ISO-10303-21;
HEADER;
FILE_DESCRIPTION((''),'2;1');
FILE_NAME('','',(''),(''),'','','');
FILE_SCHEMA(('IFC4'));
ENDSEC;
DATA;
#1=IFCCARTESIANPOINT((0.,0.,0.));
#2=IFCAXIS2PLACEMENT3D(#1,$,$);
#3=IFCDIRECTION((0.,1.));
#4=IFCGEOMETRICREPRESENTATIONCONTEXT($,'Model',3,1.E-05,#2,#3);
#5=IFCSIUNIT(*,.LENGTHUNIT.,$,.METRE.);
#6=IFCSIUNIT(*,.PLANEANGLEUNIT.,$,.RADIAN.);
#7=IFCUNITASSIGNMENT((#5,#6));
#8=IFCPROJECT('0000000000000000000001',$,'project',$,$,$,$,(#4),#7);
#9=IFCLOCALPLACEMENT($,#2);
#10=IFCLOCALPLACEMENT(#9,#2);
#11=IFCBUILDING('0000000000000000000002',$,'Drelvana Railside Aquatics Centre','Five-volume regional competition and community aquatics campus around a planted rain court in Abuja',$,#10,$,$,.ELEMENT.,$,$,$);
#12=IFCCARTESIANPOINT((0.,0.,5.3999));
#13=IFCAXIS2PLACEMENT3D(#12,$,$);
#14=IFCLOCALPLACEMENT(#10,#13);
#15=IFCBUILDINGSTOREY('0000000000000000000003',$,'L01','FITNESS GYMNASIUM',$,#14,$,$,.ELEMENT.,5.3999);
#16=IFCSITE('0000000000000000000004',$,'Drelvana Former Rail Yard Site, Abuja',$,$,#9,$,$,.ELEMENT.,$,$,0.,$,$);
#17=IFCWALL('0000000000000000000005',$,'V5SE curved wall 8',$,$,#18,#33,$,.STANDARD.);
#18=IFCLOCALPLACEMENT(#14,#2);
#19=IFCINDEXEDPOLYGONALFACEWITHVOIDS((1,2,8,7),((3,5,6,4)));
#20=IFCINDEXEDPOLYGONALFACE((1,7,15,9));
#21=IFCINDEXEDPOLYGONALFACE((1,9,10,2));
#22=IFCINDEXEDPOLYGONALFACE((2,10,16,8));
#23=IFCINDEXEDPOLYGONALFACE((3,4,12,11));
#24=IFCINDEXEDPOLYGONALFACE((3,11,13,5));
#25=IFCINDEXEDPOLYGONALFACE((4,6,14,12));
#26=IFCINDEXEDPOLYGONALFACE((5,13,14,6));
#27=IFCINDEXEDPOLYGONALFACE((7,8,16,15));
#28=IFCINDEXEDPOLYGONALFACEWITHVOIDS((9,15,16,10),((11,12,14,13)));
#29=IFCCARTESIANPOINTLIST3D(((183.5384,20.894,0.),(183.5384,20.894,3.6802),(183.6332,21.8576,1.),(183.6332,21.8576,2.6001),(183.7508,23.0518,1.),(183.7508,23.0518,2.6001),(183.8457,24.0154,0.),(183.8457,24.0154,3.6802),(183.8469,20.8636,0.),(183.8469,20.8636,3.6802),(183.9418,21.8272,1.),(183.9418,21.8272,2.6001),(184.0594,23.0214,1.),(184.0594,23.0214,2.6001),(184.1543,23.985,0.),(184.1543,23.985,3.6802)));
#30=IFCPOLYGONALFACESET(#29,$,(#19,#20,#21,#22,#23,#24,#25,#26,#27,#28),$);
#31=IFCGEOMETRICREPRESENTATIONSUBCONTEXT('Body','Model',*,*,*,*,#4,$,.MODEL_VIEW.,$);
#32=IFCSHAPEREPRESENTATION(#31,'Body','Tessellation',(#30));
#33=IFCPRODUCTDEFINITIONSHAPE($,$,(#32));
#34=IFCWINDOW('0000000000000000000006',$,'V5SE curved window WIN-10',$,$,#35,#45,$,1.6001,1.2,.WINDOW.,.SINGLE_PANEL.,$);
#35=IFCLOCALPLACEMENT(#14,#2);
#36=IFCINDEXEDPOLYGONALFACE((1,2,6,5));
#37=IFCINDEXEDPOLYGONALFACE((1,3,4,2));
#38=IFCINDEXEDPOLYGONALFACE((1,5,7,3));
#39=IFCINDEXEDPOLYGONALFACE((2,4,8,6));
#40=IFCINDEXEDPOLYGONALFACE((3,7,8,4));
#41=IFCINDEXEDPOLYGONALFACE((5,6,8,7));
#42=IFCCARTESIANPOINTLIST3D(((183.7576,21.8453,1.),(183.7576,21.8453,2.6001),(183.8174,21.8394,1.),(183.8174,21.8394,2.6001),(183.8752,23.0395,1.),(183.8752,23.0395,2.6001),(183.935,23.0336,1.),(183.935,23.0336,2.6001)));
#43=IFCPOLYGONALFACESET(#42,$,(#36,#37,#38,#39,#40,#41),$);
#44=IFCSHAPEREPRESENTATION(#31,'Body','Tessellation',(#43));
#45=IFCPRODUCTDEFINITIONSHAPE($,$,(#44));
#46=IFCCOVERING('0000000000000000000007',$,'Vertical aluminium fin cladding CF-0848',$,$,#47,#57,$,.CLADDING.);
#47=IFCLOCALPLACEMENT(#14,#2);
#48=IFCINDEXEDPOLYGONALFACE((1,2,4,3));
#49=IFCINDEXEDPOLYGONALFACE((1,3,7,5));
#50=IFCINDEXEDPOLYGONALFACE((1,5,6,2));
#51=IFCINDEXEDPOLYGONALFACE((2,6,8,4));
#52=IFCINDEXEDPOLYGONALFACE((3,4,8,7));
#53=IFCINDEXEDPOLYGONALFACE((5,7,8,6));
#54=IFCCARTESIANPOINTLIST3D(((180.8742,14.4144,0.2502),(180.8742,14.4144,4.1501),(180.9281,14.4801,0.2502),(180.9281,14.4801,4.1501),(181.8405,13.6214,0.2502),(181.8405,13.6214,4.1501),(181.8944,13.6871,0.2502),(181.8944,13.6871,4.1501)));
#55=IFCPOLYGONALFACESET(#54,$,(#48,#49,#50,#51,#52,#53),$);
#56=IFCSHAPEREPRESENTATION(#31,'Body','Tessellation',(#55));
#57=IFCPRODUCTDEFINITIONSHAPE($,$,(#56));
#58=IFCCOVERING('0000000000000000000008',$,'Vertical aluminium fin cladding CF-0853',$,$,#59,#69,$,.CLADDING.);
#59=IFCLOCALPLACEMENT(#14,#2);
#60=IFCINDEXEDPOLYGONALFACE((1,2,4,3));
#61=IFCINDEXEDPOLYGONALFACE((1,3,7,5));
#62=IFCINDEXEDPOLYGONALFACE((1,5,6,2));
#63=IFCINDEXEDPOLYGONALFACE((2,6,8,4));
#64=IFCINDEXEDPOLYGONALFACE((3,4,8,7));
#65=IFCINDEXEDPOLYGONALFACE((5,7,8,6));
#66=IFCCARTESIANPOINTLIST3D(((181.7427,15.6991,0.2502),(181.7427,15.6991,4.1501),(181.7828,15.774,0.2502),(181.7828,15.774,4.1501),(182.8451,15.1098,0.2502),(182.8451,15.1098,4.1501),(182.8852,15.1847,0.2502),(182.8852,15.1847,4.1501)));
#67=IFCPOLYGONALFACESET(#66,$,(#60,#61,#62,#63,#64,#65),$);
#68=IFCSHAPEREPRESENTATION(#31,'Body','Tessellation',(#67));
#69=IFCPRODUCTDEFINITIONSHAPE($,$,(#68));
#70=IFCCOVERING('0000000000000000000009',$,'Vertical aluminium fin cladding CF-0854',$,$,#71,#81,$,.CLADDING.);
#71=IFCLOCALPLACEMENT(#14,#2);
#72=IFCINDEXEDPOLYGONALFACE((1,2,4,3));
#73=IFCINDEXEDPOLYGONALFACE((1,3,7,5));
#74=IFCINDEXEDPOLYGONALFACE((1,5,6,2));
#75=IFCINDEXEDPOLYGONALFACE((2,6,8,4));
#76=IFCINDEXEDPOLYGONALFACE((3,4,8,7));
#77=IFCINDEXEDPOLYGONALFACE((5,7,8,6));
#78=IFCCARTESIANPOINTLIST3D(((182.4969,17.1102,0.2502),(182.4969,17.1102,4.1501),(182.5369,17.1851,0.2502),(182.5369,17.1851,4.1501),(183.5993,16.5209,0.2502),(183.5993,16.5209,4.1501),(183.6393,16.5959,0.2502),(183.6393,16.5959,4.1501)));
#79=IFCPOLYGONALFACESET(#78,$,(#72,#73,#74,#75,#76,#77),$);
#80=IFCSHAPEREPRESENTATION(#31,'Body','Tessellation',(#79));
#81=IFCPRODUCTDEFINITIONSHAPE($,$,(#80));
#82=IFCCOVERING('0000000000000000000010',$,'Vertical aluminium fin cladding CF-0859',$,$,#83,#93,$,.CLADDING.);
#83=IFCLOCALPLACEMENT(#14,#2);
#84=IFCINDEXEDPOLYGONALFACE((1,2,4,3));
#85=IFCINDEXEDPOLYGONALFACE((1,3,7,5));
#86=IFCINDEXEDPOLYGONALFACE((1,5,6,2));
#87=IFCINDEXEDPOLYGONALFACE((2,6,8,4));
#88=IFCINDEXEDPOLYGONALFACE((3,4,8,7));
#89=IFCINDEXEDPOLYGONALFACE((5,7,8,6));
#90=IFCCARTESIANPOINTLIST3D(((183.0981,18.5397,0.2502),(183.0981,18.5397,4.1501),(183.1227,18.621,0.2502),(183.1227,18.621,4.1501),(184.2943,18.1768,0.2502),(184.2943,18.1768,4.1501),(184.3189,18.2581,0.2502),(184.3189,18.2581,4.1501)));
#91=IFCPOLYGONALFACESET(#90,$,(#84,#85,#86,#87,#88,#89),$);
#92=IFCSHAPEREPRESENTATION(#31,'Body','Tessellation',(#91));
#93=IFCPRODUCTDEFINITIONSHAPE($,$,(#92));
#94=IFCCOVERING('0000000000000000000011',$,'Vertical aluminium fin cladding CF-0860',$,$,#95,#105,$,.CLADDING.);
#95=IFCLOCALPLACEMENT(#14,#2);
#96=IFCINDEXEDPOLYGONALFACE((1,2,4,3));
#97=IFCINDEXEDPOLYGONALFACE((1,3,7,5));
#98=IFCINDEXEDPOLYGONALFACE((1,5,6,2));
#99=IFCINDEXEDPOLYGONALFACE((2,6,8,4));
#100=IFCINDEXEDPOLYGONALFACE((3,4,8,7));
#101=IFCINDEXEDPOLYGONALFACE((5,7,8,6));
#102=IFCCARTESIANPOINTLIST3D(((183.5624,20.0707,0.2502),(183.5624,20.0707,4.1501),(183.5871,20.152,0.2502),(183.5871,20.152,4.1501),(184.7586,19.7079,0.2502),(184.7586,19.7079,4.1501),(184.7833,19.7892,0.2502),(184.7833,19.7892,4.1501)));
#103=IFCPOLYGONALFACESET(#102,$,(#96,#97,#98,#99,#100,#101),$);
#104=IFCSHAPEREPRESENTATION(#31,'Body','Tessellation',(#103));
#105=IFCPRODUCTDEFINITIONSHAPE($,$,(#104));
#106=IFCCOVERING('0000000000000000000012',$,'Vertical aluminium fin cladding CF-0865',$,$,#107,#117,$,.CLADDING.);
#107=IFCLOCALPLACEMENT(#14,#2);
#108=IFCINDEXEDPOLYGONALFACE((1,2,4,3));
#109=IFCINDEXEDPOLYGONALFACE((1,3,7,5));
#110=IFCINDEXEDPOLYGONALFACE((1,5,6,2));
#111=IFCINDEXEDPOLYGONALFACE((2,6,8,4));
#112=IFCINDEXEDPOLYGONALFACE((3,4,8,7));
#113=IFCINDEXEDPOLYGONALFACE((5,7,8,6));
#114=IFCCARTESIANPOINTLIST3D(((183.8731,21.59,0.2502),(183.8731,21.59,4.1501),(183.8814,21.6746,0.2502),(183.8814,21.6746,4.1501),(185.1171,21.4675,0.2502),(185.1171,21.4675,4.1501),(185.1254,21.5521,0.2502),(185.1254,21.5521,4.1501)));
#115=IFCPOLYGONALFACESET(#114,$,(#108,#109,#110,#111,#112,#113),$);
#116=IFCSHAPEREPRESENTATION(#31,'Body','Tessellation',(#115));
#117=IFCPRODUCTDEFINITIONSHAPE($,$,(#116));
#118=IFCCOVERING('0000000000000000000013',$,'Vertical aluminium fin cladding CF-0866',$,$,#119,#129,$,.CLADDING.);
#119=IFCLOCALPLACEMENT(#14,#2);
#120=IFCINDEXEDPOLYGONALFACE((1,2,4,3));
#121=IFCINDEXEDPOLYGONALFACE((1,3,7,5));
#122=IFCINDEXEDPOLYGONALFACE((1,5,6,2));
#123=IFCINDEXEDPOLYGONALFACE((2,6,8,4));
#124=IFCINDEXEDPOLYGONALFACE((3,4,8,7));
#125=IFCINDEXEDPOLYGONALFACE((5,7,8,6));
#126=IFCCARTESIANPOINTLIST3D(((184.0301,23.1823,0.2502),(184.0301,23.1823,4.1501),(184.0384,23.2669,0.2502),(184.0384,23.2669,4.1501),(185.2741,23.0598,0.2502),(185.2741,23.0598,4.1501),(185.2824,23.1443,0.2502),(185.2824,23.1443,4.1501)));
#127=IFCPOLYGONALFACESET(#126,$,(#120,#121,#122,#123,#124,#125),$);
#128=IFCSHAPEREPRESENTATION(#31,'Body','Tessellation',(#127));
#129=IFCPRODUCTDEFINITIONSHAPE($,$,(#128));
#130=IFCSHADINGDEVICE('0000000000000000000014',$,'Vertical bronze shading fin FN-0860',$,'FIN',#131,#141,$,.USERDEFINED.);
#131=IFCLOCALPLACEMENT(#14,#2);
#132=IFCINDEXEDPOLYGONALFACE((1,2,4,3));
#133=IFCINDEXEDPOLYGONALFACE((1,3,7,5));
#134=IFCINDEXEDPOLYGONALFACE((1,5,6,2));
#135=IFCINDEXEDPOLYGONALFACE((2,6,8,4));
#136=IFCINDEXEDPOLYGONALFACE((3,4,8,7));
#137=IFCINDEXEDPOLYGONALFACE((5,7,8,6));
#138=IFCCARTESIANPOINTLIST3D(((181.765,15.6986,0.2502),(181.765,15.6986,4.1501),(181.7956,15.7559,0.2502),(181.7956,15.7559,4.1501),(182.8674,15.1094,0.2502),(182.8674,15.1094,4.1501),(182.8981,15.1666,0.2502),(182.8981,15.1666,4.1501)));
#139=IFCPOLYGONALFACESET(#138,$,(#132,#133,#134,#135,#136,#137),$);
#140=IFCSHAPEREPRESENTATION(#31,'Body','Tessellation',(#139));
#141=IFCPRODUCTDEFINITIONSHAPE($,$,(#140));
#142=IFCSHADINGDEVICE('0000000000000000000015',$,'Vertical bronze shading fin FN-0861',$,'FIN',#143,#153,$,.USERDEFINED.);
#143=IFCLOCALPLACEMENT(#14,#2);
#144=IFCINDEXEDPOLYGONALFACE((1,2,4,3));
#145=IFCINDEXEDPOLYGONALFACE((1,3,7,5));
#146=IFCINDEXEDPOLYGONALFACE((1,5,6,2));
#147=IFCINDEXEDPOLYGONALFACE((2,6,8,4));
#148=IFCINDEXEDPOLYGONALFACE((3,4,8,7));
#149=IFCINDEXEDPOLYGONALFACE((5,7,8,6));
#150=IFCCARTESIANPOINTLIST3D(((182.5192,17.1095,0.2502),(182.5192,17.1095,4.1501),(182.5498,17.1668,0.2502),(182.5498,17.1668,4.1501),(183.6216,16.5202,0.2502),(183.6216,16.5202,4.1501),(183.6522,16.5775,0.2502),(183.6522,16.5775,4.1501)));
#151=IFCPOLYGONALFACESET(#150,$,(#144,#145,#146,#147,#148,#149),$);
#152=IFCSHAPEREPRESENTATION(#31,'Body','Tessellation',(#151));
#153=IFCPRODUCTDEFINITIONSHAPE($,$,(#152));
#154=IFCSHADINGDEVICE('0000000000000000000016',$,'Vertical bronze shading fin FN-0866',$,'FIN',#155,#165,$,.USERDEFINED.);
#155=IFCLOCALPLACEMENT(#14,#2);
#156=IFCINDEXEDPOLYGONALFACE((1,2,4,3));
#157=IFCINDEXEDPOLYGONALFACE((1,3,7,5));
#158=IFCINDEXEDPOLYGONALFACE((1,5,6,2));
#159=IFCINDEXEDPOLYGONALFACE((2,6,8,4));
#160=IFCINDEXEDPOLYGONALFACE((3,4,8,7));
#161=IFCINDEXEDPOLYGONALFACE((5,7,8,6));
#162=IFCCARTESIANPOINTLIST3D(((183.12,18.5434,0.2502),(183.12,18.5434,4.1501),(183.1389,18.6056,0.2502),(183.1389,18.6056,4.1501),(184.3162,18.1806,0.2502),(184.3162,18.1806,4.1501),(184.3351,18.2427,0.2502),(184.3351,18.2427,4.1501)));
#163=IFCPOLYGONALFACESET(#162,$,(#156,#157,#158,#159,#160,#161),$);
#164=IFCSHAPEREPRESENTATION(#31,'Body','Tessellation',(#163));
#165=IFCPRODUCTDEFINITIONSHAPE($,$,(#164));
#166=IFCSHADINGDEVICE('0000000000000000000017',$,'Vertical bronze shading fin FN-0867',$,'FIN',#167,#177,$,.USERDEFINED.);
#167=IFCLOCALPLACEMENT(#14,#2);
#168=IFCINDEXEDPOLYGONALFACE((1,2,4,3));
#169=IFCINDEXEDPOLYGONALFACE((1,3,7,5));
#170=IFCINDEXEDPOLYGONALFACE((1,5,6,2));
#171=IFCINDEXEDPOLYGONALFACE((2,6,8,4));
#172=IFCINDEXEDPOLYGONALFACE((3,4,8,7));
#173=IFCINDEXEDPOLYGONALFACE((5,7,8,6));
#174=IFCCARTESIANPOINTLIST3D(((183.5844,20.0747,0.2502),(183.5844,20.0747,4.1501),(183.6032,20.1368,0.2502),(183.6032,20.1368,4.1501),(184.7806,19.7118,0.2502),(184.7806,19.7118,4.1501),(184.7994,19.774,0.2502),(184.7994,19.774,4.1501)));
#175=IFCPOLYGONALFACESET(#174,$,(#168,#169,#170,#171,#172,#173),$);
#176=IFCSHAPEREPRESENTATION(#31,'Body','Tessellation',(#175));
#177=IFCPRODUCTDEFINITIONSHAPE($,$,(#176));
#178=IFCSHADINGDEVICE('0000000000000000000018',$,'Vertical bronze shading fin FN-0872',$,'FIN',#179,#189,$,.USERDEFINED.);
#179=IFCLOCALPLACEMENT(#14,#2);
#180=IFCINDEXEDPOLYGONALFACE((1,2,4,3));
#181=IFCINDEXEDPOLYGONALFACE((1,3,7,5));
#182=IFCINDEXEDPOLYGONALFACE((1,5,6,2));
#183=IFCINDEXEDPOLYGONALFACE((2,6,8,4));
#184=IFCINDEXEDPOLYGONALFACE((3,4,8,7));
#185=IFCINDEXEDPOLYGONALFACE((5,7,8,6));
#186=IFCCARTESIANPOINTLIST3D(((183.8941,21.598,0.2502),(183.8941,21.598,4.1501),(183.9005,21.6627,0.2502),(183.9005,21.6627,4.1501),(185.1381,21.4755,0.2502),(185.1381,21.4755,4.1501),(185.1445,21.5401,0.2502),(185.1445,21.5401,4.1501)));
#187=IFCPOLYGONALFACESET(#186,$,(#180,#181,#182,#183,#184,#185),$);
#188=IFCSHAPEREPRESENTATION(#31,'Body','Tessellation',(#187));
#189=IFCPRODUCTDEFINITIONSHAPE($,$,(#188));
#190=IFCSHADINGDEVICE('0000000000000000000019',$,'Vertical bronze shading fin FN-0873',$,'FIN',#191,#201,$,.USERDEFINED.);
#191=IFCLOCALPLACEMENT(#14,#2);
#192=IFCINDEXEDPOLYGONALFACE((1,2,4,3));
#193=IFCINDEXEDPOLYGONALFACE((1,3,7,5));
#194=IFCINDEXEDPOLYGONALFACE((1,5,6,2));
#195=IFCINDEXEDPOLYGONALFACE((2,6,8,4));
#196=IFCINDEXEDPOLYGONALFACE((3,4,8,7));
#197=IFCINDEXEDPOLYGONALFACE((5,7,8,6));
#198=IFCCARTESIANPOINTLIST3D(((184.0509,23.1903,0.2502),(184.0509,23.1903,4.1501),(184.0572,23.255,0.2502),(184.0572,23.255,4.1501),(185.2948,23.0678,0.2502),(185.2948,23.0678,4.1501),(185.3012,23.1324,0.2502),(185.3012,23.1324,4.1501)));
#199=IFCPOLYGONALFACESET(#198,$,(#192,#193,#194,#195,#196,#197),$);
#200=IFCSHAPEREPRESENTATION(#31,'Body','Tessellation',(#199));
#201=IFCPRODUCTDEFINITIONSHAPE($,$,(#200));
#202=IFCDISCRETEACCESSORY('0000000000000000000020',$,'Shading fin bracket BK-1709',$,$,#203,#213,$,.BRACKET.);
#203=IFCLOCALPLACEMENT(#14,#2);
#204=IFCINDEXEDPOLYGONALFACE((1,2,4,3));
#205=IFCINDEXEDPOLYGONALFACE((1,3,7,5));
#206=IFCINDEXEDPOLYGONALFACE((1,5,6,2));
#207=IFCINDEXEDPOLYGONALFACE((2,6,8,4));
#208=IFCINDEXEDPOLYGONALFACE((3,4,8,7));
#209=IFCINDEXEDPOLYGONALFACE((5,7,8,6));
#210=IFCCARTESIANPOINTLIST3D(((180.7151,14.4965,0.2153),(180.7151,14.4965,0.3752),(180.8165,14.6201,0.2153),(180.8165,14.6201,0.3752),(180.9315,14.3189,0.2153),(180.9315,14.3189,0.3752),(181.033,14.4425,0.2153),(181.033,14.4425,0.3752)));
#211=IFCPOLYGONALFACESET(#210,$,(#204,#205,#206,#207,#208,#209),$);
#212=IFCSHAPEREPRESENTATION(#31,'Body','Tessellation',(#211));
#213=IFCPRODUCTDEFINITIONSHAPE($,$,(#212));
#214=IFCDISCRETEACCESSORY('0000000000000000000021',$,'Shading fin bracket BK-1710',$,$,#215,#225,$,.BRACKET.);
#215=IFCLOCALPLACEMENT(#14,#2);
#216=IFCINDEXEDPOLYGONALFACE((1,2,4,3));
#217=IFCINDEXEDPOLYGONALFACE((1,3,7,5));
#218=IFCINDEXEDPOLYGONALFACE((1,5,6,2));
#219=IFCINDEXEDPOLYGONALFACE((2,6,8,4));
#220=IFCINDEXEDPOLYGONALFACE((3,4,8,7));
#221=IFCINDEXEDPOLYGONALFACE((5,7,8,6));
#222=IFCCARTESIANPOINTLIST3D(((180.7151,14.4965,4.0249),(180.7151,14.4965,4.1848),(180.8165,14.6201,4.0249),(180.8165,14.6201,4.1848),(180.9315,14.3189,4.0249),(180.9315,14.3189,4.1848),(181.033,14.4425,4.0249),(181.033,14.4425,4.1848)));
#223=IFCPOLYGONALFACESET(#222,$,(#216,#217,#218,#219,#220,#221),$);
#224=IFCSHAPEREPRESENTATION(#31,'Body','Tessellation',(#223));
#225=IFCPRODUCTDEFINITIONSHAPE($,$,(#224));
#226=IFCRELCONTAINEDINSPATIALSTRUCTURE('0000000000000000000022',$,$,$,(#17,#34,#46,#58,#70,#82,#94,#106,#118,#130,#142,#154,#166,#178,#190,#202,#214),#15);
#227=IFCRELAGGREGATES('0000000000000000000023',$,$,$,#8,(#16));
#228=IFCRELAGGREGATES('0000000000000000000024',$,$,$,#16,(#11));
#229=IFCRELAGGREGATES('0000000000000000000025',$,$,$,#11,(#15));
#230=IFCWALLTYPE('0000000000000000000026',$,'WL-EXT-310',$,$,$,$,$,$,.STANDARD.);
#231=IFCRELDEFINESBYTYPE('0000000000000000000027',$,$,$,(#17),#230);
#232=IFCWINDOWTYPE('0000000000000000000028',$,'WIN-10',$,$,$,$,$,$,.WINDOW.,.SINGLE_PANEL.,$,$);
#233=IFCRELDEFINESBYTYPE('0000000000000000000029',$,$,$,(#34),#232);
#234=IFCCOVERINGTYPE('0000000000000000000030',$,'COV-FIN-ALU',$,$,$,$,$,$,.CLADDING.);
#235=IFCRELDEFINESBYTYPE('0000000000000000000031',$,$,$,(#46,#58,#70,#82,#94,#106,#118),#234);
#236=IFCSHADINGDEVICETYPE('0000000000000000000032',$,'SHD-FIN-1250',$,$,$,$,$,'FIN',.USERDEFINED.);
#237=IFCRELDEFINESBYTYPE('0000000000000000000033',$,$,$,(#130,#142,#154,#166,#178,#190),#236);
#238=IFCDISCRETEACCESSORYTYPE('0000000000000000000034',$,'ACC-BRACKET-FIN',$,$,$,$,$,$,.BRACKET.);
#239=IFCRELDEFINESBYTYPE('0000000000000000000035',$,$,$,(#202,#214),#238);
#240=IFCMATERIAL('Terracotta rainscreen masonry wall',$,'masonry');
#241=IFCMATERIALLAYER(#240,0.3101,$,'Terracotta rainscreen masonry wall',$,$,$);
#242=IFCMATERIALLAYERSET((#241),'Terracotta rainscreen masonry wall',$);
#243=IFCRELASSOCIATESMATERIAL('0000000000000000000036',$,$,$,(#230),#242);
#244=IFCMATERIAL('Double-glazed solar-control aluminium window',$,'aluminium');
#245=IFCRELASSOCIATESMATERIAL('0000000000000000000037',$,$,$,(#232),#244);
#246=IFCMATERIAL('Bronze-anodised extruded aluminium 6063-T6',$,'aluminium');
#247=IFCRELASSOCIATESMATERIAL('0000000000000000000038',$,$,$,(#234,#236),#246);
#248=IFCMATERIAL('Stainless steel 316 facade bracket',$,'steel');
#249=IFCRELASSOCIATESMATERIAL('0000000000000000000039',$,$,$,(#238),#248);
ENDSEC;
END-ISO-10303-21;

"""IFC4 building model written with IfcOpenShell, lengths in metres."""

from ifc_helpers import new_model, si_unit, direction, frame, frame_2d, origin, origin_2d, place, context, subcontext, project, spatial, rectangle, extrude, material, layer, layer_set, type_object, element, fill, save


model = new_model("IFC4")

# Units and contexts
model_context = context("Model", 3, precision=1e-05, world=origin(), true_north=direction((0.0, 1.0)))
body_context = subcontext(model_context, "Body", "Model", "MODEL_VIEW")
ifc_project = project(units=[si_unit("LENGTHUNIT", "METRE"), si_unit("PLANEANGLEUNIT", "RADIAN")], contexts=[model_context])

# Site, building, storey
site_placement = place(None, origin())
site = spatial("IfcSite", under=ifc_project, at=site_placement, Name="Drelvana Former Rail Yard Site, Abuja", CompositionType="ELEMENT", RefElevation=0.0)
building_placement = place(site_placement, origin())
building = spatial("IfcBuilding", under=site, at=building_placement, Name="Drelvana Railside Aquatics Centre", Description="Five-volume regional competition and community aquatics campus around a planted rain court in Abuja", CompositionType="ELEMENT")
storey_placement = place(building_placement, frame((0.0, 0.0, 5.3999)))
storey = spatial("IfcBuildingStorey", under=building, at=storey_placement, Name="L01", Description="FITNESS GYMNASIUM", CompositionType="ELEMENT", Elevation=5.3999)

# Shared definitions
ifc_material_1 = material(Name="Terracotta rainscreen masonry wall", Category="masonry")
ifc_layer_1 = layer(ifc_material_1, 0.3101, Name="Terracotta rainscreen masonry wall")
ifc_layer_set_1 = layer_set([ifc_layer_1], Name="Terracotta rainscreen masonry wall")
wall_type = type_object("IfcWallType", Name="WL-EXT-310", PredefinedType="STANDARD", material=ifc_layer_set_1)

# Wall, opening, window
wall_1_placement = place(storey_placement, frame((183.6926, 20.8787, 0.0), z_axis=(0.0, 0.0, 1.0), x_axis=(0.098001, 0.995186, 0.0)))
wall_1 = element("IfcWall", 1, at=wall_1_placement, inside=storey, type_object=wall_type, Name="V5SE curved wall 8", PredefinedType="STANDARD", context=body_context, shape_type="SweptSolid", body=[
    extrude(rectangle(XDim=3.1365, YDim=0.3101, at=frame_2d((1.5684, 0.0))), origin(), (0.0, 0.0, 1.0), 3.6802),
])
opening_placement = place(wall_1_placement, frame((0.9683, 0.0, 1.0)))
opening = element("IfcOpeningElement", 2, at=opening_placement, cuts=wall_1, PredefinedType="OPENING", context=body_context, shape_type="SweptSolid", body=[
    extrude(rectangle(XDim=1.2, YDim=1.6001, at=frame_2d((0.6001, 0.8))), frame((0.0, 0.165, 0.0), z_axis=(0.0, -1.0, 0.0), x_axis=(1.0, 0.0, 0.0)), (0.0, 0.0, 1.0), 0.3301),
])
ifc_material_2 = material(Name="Double-glazed solar-control aluminium window", Category="aluminium")
window_type = type_object("IfcWindowType", Name="WIN-10", PartitioningType="SINGLE_PANEL", PredefinedType="WINDOW", material=ifc_material_2)
window_placement = place(opening_placement, origin())
window = element("IfcWindow", 3, at=window_placement, inside=storey, type_object=window_type, Name="V5SE curved window WIN-10", OverallHeight=1.6001, OverallWidth=1.2, PartitioningType="SINGLE_PANEL", PredefinedType="WINDOW", context=body_context, shape_type="SweptSolid", body=[
    extrude(rectangle(XDim=1.2, YDim=1.6001, at=frame_2d((0.6001, 0.8))), frame((0.0, 0.03, 0.0), z_axis=(0.0, -1.0, 0.0), x_axis=(1.0, 0.0, 0.0)), (0.0, 0.0, 1.0), 0.0601),
])
fill(opening, window)

# Coverings
ifc_material_3 = material(Name="Bronze-anodised extruded aluminium 6063-T6", Category="aluminium")
covering_type = type_object("IfcCoveringType", Name="COV-FIN-ALU", PredefinedType="CLADDING", material=ifc_material_3)
for number, where, z_axis, x_axis, name in (
    (4, (181.3843, 14.0508, 0.2502), (0.0, 0.0, 1.0), (-0.634393, -0.77301, 0.0), "Vertical aluminium fin cladding CF-0848"),
    (5, (182.314, 15.4419, 0.2502), (0.0, 0.0, 1.0), (-0.471397, -0.881921, 0.0), "Vertical aluminium fin cladding CF-0853"),
    (6, (183.0681, 16.853, 0.2502), (0.0, 0.0, 1.0), (-0.471397, -0.881921, 0.0), "Vertical aluminium fin cladding CF-0854"),
    (7, (183.7085, 18.3989, 0.2502), (0.0, 0.0, 1.0), (-0.290285, -0.95694, 0.0), "Vertical aluminium fin cladding CF-0859"),
    (8, (184.1729, 19.9299, 0.2502), (0.0, 0.0, 1.0), (-0.290285, -0.95694, 0.0), "Vertical aluminium fin cladding CF-0860"),
    (9, (184.4993, 21.571, 0.2502), (0.0, 0.0, 1.0), (-0.098017, -0.995185, 0.0), "Vertical aluminium fin cladding CF-0865"),
    (10, (184.6562, 23.1633, 0.2502), (0.0, 0.0, 1.0), (-0.098017, -0.995185, 0.0), "Vertical aluminium fin cladding CF-0866"),
):
    element("IfcCovering", number, at=place(storey_placement, frame(where, z_axis=z_axis, x_axis=x_axis)), inside=storey, type_object=covering_type, Name=name, PredefinedType="CLADDING", context=body_context, shape_type="SweptSolid", body=[
        extrude(rectangle(XDim=0.085, YDim=1.25, at=origin_2d()), origin(), (0.0, 0.0, 1.0), 3.8999),
    ])

# Shading devices
shading_device_type = type_object("IfcShadingDeviceType", Name="SHD-FIN-1250", ElementType="FIN", PredefinedType="USERDEFINED", material=ifc_material_3)
for number, where, z_axis, x_axis, name in (
    (11, (182.3315, 15.4326, 0.2502), (0.0, 0.0, 1.0), (0.881921, -0.471397, 0.0), "Vertical bronze shading fin FN-0860"),
    (12, (183.0857, 16.8435, 0.2502), (0.0, 0.0, 1.0), (0.881921, -0.471397, 0.0), "Vertical bronze shading fin FN-0861"),
    (13, (183.7275, 18.3931, 0.2502), (0.0, 0.0, 1.0), (0.95694, -0.290285, 0.0), "Vertical bronze shading fin FN-0866"),
    (14, (184.1919, 19.9243, 0.2502), (0.0, 0.0, 1.0), (0.95694, -0.290285, 0.0), "Vertical bronze shading fin FN-0867"),
    (15, (184.5193, 21.5691, 0.2502), (0.0, 0.0, 1.0), (0.995185, -0.098017, 0.0), "Vertical bronze shading fin FN-0872"),
    (16, (184.676, 23.1614, 0.2502), (0.0, 0.0, 1.0), (0.995185, -0.098017, 0.0), "Vertical bronze shading fin FN-0873"),
):
    element("IfcShadingDevice", number, at=place(storey_placement, frame(where, z_axis=z_axis, x_axis=x_axis)), inside=storey, type_object=shading_device_type, Name=name, ObjectType="FIN", PredefinedType="USERDEFINED", context=body_context, shape_type="SweptSolid", body=[
        extrude(rectangle(XDim=1.25, YDim=0.0649, at=origin_2d()), origin(), (0.0, 0.0, 1.0), 3.8999),
    ])

# Discrete accessories
ifc_material_4 = material(Name="Stainless steel 316 facade bracket", Category="steel")
discrete_accessory_type = type_object("IfcDiscreteAccessoryType", Name="ACC-BRACKET-FIN", PredefinedType="BRACKET", material=ifc_material_4)
for number, where, z_axis, x_axis, name in (
    (17, (180.874, 14.4695, 0.2153), (0.0, 0.0, 1.0), (0.77301, -0.634393, 0.0), "Shading fin bracket BK-1709"),
    (18, (180.874, 14.4695, 4.0249), (0.0, 0.0, 1.0), (0.77301, -0.634393, 0.0), "Shading fin bracket BK-1710"),
):
    element("IfcDiscreteAccessory", number, at=place(storey_placement, frame(where, z_axis=z_axis, x_axis=x_axis)), inside=storey, type_object=discrete_accessory_type, Name=name, PredefinedType="BRACKET", context=body_context, shape_type="SweptSolid", body=[
        extrude(rectangle(XDim=0.28, YDim=0.1599, at=origin_2d()), origin(), (0.0, 0.0, 1.0), 0.1599),
    ])

save(model, "model.ifc")
